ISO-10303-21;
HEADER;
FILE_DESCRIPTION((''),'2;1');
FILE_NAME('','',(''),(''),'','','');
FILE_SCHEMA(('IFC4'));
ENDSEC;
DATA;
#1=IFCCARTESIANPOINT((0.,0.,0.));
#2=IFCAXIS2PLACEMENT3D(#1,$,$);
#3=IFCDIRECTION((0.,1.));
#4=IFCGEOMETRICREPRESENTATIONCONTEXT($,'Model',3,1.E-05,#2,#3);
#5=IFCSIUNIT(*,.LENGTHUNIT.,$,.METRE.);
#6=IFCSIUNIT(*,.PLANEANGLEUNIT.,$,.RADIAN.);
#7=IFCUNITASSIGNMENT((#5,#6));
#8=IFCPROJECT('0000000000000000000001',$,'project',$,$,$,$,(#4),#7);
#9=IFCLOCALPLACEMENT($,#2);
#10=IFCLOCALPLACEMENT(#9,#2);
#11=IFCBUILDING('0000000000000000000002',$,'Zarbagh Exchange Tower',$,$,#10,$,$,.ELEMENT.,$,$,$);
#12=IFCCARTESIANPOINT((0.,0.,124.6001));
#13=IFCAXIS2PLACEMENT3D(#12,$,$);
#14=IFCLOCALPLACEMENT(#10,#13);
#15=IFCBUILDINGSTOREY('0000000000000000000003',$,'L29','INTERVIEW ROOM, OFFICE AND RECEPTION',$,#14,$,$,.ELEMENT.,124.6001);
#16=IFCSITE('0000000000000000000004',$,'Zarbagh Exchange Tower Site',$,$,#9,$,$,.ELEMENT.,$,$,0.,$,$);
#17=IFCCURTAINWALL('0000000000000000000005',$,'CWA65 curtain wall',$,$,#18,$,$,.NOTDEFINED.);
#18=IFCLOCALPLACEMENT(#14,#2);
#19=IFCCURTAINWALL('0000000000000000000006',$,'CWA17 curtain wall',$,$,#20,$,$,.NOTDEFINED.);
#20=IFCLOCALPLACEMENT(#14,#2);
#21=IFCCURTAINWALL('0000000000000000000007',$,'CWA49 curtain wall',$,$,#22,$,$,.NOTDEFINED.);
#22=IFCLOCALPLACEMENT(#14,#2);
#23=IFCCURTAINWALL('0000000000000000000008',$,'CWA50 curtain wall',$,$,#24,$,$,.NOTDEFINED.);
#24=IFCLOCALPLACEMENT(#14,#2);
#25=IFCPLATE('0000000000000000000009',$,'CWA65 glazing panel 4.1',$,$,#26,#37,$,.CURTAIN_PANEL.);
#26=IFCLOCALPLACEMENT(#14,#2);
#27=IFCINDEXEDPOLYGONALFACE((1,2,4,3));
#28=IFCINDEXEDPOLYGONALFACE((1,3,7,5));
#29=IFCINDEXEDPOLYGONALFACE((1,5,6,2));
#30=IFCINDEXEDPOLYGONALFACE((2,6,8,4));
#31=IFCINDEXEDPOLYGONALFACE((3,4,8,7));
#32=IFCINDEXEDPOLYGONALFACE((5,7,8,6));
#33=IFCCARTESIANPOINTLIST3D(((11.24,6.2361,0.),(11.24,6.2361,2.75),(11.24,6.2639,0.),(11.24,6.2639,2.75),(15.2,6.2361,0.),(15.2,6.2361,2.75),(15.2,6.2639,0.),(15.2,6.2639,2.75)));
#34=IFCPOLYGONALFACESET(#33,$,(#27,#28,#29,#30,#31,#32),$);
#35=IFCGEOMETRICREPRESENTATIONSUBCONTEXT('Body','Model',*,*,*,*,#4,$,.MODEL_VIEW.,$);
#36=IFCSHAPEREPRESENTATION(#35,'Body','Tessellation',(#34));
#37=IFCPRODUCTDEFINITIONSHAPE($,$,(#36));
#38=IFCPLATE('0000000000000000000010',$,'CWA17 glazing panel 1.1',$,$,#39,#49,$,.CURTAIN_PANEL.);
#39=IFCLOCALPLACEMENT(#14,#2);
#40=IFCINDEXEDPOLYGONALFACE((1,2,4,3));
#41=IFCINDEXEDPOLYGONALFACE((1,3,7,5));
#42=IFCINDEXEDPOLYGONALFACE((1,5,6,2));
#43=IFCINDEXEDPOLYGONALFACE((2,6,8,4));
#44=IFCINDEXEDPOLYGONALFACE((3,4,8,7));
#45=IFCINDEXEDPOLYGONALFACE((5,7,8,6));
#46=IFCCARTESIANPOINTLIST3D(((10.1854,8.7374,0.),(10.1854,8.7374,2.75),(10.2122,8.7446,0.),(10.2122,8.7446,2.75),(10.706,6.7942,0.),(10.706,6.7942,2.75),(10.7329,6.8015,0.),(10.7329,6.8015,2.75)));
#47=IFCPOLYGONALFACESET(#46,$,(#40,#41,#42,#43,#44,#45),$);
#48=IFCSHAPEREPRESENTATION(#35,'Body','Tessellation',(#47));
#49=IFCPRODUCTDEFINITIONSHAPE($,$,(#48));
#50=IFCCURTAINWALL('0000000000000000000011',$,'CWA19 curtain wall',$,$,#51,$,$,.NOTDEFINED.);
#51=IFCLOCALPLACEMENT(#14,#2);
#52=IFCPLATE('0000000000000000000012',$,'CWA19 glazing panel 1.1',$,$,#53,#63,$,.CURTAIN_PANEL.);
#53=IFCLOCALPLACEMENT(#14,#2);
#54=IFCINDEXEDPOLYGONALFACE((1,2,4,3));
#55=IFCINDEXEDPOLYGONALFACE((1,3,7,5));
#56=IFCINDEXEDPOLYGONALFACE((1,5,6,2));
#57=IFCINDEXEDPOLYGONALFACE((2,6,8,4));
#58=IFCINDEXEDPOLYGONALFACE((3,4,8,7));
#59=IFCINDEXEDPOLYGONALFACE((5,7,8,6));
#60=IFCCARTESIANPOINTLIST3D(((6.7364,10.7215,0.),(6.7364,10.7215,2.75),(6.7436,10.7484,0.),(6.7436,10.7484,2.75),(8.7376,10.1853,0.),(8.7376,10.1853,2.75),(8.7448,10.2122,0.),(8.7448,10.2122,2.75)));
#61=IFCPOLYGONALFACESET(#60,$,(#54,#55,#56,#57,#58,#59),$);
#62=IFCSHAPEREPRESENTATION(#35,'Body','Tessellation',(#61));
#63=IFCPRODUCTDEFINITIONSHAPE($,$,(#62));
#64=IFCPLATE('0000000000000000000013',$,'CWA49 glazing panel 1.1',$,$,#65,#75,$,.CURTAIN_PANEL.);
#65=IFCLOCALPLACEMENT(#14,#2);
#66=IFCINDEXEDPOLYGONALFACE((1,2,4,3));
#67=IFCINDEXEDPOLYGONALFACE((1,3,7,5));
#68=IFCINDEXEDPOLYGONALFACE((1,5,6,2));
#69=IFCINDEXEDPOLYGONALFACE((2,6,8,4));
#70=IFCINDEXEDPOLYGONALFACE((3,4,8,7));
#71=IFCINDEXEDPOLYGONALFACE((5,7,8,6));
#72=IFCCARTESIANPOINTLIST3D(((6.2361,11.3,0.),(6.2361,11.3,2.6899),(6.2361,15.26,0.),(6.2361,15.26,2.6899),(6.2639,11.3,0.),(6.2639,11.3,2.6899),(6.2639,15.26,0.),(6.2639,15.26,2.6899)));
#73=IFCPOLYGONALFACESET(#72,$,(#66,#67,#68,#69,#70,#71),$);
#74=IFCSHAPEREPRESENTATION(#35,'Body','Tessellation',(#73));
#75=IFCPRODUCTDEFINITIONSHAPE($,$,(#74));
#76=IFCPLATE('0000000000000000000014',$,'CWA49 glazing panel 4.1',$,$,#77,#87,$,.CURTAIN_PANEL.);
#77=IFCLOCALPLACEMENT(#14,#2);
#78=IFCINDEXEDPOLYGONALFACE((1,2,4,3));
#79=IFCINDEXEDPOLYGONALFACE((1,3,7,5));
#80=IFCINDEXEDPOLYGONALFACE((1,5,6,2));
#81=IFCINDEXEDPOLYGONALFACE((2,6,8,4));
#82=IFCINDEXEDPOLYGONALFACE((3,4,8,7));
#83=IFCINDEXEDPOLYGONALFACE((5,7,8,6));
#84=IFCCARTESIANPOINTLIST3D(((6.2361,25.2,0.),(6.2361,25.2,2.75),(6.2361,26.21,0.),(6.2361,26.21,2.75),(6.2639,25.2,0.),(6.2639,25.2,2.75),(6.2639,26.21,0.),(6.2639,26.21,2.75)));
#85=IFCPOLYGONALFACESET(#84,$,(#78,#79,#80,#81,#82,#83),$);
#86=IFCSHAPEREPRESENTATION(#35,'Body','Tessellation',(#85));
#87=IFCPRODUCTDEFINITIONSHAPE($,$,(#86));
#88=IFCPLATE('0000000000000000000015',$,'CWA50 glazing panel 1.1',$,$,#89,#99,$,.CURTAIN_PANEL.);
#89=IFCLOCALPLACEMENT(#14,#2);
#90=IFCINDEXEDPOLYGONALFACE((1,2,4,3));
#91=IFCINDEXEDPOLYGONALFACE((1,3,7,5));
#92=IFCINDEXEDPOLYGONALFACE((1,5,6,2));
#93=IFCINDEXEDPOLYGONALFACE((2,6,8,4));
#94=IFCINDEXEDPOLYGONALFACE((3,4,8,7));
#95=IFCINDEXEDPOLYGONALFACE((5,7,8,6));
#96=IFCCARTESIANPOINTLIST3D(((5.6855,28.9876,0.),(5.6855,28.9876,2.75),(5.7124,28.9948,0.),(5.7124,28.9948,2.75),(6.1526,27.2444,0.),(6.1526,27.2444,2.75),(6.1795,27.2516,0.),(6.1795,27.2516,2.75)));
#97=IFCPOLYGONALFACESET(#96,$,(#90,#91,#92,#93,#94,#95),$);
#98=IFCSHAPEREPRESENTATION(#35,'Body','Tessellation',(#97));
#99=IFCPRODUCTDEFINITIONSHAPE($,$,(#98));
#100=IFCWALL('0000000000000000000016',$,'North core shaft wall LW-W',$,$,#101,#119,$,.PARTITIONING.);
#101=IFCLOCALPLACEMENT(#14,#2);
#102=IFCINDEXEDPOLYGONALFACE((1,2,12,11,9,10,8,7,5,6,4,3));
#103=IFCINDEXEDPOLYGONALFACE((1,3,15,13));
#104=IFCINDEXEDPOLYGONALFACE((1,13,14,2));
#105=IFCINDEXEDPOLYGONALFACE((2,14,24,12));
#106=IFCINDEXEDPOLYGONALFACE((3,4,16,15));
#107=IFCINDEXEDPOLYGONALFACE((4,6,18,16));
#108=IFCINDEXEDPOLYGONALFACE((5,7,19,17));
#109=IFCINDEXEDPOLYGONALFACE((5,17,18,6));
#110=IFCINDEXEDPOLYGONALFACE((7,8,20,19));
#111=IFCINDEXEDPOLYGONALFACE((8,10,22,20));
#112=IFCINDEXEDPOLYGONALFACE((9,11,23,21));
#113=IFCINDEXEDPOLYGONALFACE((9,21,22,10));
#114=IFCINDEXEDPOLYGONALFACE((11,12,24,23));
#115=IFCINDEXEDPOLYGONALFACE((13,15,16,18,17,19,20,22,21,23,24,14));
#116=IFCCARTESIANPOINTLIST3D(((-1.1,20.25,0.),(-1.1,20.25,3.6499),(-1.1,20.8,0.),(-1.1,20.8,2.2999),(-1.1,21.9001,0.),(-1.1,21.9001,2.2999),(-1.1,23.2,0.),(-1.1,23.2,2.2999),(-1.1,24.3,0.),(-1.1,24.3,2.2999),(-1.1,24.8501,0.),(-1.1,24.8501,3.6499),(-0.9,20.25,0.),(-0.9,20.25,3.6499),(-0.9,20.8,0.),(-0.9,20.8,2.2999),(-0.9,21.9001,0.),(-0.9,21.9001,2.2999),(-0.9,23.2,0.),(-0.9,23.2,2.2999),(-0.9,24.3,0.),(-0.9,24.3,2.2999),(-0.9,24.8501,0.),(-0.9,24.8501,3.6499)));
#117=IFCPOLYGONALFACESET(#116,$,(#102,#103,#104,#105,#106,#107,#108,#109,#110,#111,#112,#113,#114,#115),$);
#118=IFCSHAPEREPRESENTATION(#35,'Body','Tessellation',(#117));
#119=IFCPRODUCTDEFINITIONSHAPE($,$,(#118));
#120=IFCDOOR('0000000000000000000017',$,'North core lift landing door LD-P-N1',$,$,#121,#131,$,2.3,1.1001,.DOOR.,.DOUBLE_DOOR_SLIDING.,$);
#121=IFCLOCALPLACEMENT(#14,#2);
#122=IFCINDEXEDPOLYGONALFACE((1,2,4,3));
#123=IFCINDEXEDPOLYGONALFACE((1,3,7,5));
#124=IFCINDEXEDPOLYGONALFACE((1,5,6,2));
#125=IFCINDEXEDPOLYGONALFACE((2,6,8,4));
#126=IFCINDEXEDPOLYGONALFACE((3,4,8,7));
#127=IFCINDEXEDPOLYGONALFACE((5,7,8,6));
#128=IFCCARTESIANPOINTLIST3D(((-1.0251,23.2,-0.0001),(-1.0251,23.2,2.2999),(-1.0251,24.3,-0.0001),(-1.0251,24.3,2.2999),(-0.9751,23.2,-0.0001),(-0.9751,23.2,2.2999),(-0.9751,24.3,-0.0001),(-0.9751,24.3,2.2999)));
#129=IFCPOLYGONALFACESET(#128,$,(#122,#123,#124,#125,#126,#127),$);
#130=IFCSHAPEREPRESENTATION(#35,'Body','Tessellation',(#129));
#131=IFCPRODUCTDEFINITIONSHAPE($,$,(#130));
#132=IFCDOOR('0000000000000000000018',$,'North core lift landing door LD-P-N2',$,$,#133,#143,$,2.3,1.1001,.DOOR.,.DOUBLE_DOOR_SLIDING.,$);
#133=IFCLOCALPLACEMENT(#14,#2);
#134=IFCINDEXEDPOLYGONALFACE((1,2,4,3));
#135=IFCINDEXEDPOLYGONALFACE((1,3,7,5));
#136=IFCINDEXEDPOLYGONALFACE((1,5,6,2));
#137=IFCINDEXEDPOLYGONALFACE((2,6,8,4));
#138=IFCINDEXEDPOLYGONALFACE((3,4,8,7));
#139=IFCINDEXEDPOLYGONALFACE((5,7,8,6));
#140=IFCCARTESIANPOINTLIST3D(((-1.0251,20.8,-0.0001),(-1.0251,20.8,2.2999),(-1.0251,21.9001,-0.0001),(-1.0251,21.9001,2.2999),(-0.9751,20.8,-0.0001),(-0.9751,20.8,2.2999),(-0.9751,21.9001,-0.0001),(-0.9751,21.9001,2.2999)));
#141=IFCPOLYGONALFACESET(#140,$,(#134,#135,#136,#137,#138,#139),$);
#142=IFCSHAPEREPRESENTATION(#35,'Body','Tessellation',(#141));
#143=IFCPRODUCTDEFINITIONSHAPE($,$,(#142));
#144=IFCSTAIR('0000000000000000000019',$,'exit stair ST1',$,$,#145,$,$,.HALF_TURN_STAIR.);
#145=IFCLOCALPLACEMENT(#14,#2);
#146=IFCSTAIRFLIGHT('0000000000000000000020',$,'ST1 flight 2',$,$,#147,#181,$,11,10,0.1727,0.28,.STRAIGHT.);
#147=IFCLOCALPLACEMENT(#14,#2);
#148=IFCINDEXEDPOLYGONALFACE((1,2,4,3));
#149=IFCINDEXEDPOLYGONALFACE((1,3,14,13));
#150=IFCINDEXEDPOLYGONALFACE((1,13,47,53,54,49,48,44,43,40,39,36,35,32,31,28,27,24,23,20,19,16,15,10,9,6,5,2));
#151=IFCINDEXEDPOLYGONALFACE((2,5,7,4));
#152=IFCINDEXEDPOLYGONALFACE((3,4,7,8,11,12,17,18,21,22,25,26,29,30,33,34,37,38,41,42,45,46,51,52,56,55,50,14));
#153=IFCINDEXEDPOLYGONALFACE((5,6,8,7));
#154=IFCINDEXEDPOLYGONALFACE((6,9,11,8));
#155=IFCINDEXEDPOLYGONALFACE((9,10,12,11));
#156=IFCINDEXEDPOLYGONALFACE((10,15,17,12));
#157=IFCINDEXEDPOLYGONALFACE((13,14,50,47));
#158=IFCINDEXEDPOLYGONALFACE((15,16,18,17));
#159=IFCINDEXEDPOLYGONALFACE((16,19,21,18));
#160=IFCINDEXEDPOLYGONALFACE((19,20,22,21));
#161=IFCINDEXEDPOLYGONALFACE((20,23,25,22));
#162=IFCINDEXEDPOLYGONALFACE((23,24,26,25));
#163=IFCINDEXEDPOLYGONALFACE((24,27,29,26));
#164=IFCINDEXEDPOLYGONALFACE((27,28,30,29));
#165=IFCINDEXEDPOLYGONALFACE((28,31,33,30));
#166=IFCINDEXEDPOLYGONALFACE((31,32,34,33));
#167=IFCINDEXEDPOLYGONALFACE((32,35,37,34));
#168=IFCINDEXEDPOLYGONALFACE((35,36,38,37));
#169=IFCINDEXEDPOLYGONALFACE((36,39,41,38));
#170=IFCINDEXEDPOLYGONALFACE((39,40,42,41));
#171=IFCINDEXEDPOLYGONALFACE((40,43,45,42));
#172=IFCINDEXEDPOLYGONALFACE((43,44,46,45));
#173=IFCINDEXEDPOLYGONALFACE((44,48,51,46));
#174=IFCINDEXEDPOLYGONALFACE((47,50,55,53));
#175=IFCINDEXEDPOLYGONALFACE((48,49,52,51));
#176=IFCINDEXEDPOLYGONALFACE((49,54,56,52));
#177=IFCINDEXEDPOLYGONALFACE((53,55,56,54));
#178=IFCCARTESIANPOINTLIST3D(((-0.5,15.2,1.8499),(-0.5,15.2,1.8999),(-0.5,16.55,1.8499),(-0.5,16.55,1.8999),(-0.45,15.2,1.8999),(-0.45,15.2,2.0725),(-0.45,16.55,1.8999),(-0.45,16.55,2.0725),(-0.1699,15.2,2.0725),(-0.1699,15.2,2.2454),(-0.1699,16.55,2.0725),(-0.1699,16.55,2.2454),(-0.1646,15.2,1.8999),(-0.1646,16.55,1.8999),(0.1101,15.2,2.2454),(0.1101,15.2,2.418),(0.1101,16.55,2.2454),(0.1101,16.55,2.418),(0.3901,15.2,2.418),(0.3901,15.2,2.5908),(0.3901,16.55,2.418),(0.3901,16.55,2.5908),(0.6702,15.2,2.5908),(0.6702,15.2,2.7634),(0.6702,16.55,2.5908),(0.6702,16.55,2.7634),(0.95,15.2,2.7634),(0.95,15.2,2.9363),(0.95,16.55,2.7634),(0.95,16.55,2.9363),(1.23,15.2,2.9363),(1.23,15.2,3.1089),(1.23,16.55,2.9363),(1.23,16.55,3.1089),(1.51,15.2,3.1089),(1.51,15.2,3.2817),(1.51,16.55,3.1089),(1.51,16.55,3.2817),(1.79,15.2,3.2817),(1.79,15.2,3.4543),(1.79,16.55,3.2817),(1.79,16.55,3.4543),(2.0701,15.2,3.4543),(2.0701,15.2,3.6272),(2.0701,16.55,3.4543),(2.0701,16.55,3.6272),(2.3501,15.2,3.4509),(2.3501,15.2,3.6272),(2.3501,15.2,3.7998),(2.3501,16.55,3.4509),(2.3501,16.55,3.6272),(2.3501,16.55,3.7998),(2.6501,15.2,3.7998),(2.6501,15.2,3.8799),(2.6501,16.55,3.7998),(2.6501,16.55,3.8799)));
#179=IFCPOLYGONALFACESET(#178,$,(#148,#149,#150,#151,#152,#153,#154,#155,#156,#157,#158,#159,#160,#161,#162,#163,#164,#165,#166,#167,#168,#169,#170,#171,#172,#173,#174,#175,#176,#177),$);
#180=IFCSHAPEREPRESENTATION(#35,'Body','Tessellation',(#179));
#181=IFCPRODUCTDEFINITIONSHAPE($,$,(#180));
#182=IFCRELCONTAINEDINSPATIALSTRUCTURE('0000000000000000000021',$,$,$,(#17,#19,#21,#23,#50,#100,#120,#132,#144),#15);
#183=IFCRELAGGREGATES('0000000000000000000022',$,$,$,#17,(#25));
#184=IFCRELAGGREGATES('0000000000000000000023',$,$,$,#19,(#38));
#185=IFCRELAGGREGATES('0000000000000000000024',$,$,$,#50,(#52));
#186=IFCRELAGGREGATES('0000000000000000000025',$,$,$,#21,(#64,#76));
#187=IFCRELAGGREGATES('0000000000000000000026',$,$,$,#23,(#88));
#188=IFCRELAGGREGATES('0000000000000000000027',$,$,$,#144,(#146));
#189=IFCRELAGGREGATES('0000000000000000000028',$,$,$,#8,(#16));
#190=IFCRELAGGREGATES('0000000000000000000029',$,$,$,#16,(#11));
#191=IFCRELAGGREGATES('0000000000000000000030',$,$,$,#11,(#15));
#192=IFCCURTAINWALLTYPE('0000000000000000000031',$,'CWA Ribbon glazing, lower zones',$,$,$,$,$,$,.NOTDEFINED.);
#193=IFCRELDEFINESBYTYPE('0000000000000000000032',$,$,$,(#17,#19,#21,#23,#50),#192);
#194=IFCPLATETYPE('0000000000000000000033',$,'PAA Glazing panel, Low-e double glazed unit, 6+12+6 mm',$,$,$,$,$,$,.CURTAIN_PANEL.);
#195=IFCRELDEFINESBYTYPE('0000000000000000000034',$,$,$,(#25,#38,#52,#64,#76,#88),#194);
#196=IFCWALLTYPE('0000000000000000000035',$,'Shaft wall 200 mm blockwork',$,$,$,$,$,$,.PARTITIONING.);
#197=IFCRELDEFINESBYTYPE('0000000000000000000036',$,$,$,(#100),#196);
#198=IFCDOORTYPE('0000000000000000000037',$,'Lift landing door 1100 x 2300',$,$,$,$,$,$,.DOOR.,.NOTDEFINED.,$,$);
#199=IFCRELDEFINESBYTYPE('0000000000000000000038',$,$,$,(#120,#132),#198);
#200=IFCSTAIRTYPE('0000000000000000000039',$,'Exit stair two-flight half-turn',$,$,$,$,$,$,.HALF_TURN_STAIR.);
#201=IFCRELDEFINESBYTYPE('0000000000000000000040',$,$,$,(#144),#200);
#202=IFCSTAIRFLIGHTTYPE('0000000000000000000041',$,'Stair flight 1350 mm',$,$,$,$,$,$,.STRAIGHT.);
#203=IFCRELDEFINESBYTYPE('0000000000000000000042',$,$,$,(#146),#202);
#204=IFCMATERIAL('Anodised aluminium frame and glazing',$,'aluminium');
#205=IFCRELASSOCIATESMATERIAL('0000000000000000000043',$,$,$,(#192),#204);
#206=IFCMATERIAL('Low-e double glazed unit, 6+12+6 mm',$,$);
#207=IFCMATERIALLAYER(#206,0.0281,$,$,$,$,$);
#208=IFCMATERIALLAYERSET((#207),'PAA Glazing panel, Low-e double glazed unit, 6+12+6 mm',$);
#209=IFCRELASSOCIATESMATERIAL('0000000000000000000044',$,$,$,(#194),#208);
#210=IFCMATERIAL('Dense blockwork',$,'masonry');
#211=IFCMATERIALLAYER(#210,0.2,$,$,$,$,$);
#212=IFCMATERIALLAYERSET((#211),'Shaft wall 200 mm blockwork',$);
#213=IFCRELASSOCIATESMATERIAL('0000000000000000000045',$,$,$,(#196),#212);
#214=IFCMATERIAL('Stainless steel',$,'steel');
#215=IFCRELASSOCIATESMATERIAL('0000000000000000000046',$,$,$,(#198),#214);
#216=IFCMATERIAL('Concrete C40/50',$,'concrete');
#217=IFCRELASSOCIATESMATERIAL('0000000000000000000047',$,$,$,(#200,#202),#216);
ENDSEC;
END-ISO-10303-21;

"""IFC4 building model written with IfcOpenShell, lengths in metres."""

from ifc_helpers import new_model, si_unit, direction, frame, frame_2d, origin, place, context, subcontext, project, spatial, polyline, rectangle, outline, extrude, source, transform, mapped, material, layer, layer_set, type_object, element, fill, aggregate, save


model = new_model("IFC4")

# Units and contexts
model_context = context("Model", 3, precision=1e-05, world=origin(), true_north=direction((0.0, 1.0)))
body_context = subcontext(model_context, "Body", "Model", "MODEL_VIEW")
ifc_project = project(units=[si_unit("LENGTHUNIT", "METRE"), si_unit("PLANEANGLEUNIT", "RADIAN")], contexts=[model_context])

# Site, building, storey
site_placement = place(None, origin())
site = spatial("IfcSite", under=ifc_project, at=site_placement, Name="Zarbagh Exchange Tower Site", CompositionType="ELEMENT", RefElevation=0.0)
building_placement = place(site_placement, origin())
building = spatial("IfcBuilding", under=site, at=building_placement, Name="Zarbagh Exchange Tower", CompositionType="ELEMENT")
storey_placement = place(building_placement, frame((0.0, 0.0, 124.6001)))
storey = spatial("IfcBuildingStorey", under=building, at=storey_placement, Name="L29", Description="INTERVIEW ROOM, OFFICE AND RECEPTION", CompositionType="ELEMENT", Elevation=124.6001)

# Curtain wall
ifc_material_1 = material(Name="Anodised aluminium frame and glazing", Category="aluminium")
curtain_wall_type = type_object("IfcCurtainWallType", Name="CWA Ribbon glazing, lower zones", PredefinedType="NOTDEFINED", material=ifc_material_1)
curtain_wall_1_placement = place(storey_placement, origin())
curtain_wall_1 = element("IfcCurtainWall", 1, at=curtain_wall_1_placement, inside=storey, type_object=curtain_wall_type, Name="CWA65 curtain wall", PredefinedType="NOTDEFINED")
placement = place(storey_placement, origin())

# Curtain wall
curtain_wall_2_placement = place(storey_placement, origin())
curtain_wall_2 = element("IfcCurtainWall", 2, at=curtain_wall_2_placement, inside=storey, type_object=curtain_wall_type, Name="CWA17 curtain wall", PredefinedType="NOTDEFINED")

# Curtain wall
curtain_wall_3_placement = place(storey_placement, origin())
curtain_wall_3 = element("IfcCurtainWall", 3, at=curtain_wall_3_placement, inside=storey, type_object=curtain_wall_type, Name="CWA49 curtain wall", PredefinedType="NOTDEFINED")

# Curtain wall
curtain_wall_4_placement = place(storey_placement, origin())
curtain_wall_4 = element("IfcCurtainWall", 4, at=curtain_wall_4_placement, inside=storey, type_object=curtain_wall_type, Name="CWA50 curtain wall", PredefinedType="NOTDEFINED")

# Shared definitions
ifc_material_2 = material(Name="Low-e double glazed unit, 6+12+6 mm")
ifc_layer_1 = layer(ifc_material_2, 0.0281)
ifc_layer_set_1 = layer_set([ifc_layer_1], Name="PAA Glazing panel, Low-e double glazed unit, 6+12+6 mm")
plate_type = type_object("IfcPlateType", Name="PAA Glazing panel, Low-e double glazed unit, 6+12+6 mm", PredefinedType="CURTAIN_PANEL", material=ifc_layer_set_1)

# Plates
shared_shape_1 = source(origin(), body_context, "Body", "SweptSolid", [
    extrude(outline(polyline([(0.0, -0.0139), (3.96, -0.0139), (3.96, 0.0139), (0.0, 0.0139), (0.0, -0.0139)])), origin(), (0.0, 0.0, 1.0), 2.75),
])
plate_1 = element("IfcPlate", 5, at=placement, type_object=plate_type, Name="CWA65 glazing panel 4.1", PredefinedType="CURTAIN_PANEL", context=body_context, shape_type="MappedRepresentation", body=[
    mapped(shared_shape_1, transform((15.2, 6.25, 0.0), x_axis=(-1.0, 0.0, 0.0), y_axis=(0.0, -1.0, 0.0), z_axis=(0.0, 0.0, 1.0))),
])
aggregate(curtain_wall_1, [plate_1])
shared_shape_2 = source(origin(), body_context, "Body", "SweptSolid", [
    extrude(outline(polyline([(0.0, -0.0139), (2.0117, -0.0139), (2.0117, 0.0139), (0.0, 0.0139), (0.0, -0.0139)])), origin(), (0.0, 0.0, 1.0), 2.75),
])
plate_2 = element("IfcPlate", 6, at=placement, type_object=plate_type, Name="CWA17 glazing panel 1.1", PredefinedType="CURTAIN_PANEL", context=body_context, shape_type="MappedRepresentation", body=[
    mapped(shared_shape_2, transform((10.7195, 6.7979, 0.0), x_axis=(-0.258825, 0.965924, 0.0), y_axis=(-0.965924, -0.258825, 0.0), z_axis=(0.0, 0.0, 1.0))),
])
aggregate(curtain_wall_2, [plate_2])

# Curtain wall, plate
curtain_wall_5_placement = place(storey_placement, origin())
curtain_wall_5 = element("IfcCurtainWall", 7, at=curtain_wall_5_placement, inside=storey, type_object=curtain_wall_type, Name="CWA19 curtain wall", PredefinedType="NOTDEFINED")
shared_shape_3 = source(origin(), body_context, "Body", "SweptSolid", [
    extrude(outline(polyline([(0.0, -0.0139), (2.0718, -0.0139), (2.0718, 0.0139), (0.0, 0.0139), (0.0, -0.0139)])), origin(), (0.0, 0.0, 1.0), 2.75),
])
plate_3 = element("IfcPlate", 8, at=placement, type_object=plate_type, Name="CWA19 glazing panel 1.1", PredefinedType="CURTAIN_PANEL", context=body_context, shape_type="MappedRepresentation", body=[
    mapped(shared_shape_3, transform((8.7412, 10.1987, 0.0), x_axis=(-0.965924, 0.258825, 0.0), y_axis=(-0.258825, -0.965924, 0.0), z_axis=(0.0, 0.0, 1.0))),
])
aggregate(curtain_wall_5, [plate_3])

# Plates
shared_shape_4 = source(origin(), body_context, "Body", "SweptSolid", [
    extrude(outline(polyline([(0.0, -0.0139), (3.96, -0.0139), (3.96, 0.0139), (0.0, 0.0139), (0.0, -0.0139)])), origin(), (0.0, 0.0, 1.0), 2.6899),
])
plate_4 = element("IfcPlate", 9, at=placement, type_object=plate_type, Name="CWA49 glazing panel 1.1", PredefinedType="CURTAIN_PANEL", context=body_context, shape_type="MappedRepresentation", body=[
    mapped(shared_shape_4, transform((6.25, 11.3, 0.0), x_axis=(0.0, 1.0, 0.0), y_axis=(-1.0, 0.0, 0.0), z_axis=(0.0, 0.0, 1.0))),
])
shared_shape_5 = source(origin(), body_context, "Body", "SweptSolid", [
    extrude(outline(polyline([(0.0, -0.0139), (1.01, -0.0139), (1.01, 0.0139), (0.0, 0.0139), (0.0, -0.0139)])), origin(), (0.0, 0.0, 1.0), 2.75),
])
plate_5 = element("IfcPlate", 10, at=placement, type_object=plate_type, Name="CWA49 glazing panel 4.1", PredefinedType="CURTAIN_PANEL", context=body_context, shape_type="MappedRepresentation", body=[
    mapped(shared_shape_5, transform((6.25, 25.2, 0.0), x_axis=(0.0, 1.0, 0.0), y_axis=(-1.0, 0.0, 0.0), z_axis=(0.0, 0.0, 1.0))),
])
aggregate(curtain_wall_3, [plate_4, plate_5])
shared_shape_6 = source(origin(), body_context, "Body", "SweptSolid", [
    extrude(outline(polyline([(0.0, -0.0139), (1.8047, -0.0139), (1.8047, 0.0139), (0.0, 0.0139), (0.0, -0.0139)])), origin(), (0.0, 0.0, 1.0), 2.75),
])
plate_6 = element("IfcPlate", 11, at=placement, type_object=plate_type, Name="CWA50 glazing panel 1.1", PredefinedType="CURTAIN_PANEL", context=body_context, shape_type="MappedRepresentation", body=[
    mapped(shared_shape_6, transform((6.166, 27.248, 0.0), x_axis=(-0.258825, 0.965924, 0.0), y_axis=(-0.965924, -0.258825, 0.0), z_axis=(0.0, 0.0, 1.0))),
])
aggregate(curtain_wall_4, [plate_6])

# Wall, openings, doors
ifc_material_3 = material(Name="Dense blockwork", Category="masonry")
ifc_layer_2 = layer(ifc_material_3, 0.2)
ifc_layer_set_2 = layer_set([ifc_layer_2], Name="Shaft wall 200 mm blockwork")
wall_type = type_object("IfcWallType", Name="Shaft wall 200 mm blockwork", PredefinedType="PARTITIONING", material=ifc_layer_set_2)
wall_placement = place(storey_placement, frame((-1.0, 24.8501, 0.0), z_axis=(0.0, 0.0, 1.0), x_axis=(0.0, -1.0, 0.0)))
wall = element("IfcWall", 12, at=wall_placement, inside=storey, type_object=wall_type, Name="North core shaft wall LW-W", PredefinedType="PARTITIONING", context=body_context, shape_type="SweptSolid", body=[
    extrude(rectangle(XDim=4.6001, YDim=0.2, at=frame_2d((2.3, 0.0))), origin(), (0.0, 0.0, 1.0), 3.6499),
])
opening_1_placement = place(wall_placement, frame((0.55, 0.0, 0.0)))
opening_1 = element("IfcOpeningElement", 13, at=opening_1_placement, cuts=wall, PredefinedType="OPENING", context=body_context, shape_type="SweptSolid", body=[
    extrude(rectangle(XDim=1.1001, YDim=2.3, at=frame_2d((0.55, 1.1499))), frame((0.0, 0.1099, 0.0), z_axis=(0.0, -1.0, 0.0), x_axis=(1.0, 0.0, 0.0)), (0.0, 0.0, 1.0), 0.22),
])
opening_2_placement = place(wall_placement, frame((2.95, 0.0, 0.0)))
opening_2 = element("IfcOpeningElement", 14, at=opening_2_placement, cuts=wall, PredefinedType="OPENING", context=body_context, shape_type="SweptSolid", body=[
    extrude(rectangle(XDim=1.1001, YDim=2.3, at=frame_2d((0.55, 1.1499))), frame((0.0, 0.1099, 0.0), z_axis=(0.0, -1.0, 0.0), x_axis=(1.0, 0.0, 0.0)), (0.0, 0.0, 1.0), 0.22),
])
ifc_material_4 = material(Name="Stainless steel", Category="steel")
door_type = type_object("IfcDoorType", Name="Lift landing door 1100 x 2300", OperationType="NOTDEFINED", PredefinedType="DOOR", material=ifc_material_4)
door_1_placement = place(opening_1_placement, origin())
door_1 = element("IfcDoor", 15, at=door_1_placement, inside=storey, type_object=door_type, Name="North core lift landing door LD-P-N1", OperationType="DOUBLE_DOOR_SLIDING", OverallHeight=2.3, OverallWidth=1.1001, PredefinedType="DOOR", context=body_context, shape_type="SweptSolid", body=[
    extrude(rectangle(XDim=1.1001, YDim=2.3, at=frame_2d((0.55, 1.1499))), frame((0.0, 0.0249, 0.0), z_axis=(0.0, -1.0, 0.0), x_axis=(1.0, 0.0, 0.0)), (0.0, 0.0, 1.0), 0.05),
])
fill(opening_1, door_1)
door_2_placement = place(opening_2_placement, origin())
door_2 = element("IfcDoor", 16, at=door_2_placement, inside=storey, type_object=door_type, Name="North core lift landing door LD-P-N2", OperationType="DOUBLE_DOOR_SLIDING", OverallHeight=2.3, OverallWidth=1.1001, PredefinedType="DOOR", context=body_context, shape_type="SweptSolid", body=[
    extrude(rectangle(XDim=1.1001, YDim=2.3, at=frame_2d((0.55, 1.1499))), frame((0.0, 0.0249, 0.0), z_axis=(0.0, -1.0, 0.0), x_axis=(1.0, 0.0, 0.0)), (0.0, 0.0, 1.0), 0.05),
])
fill(opening_2, door_2)

# Stair, stair flight
ifc_material_5 = material(Name="Concrete C40/50", Category="concrete")
stair_type = type_object("IfcStairType", Name="Exit stair two-flight half-turn", PredefinedType="HALF_TURN_STAIR", material=ifc_material_5)
stair_placement = place(storey_placement, origin())
stair = element("IfcStair", 17, at=stair_placement, inside=storey, type_object=stair_type, Name="exit stair ST1", PredefinedType="HALF_TURN_STAIR")
stair_flight_type = type_object("IfcStairFlightType", Name="Stair flight 1350 mm", PredefinedType="STRAIGHT", material=ifc_material_5)
stair_flight_placement = place(storey_placement, frame((-0.45, 15.875, 1.8999), z_axis=(0.0, 0.0, 1.0), x_axis=(1.0, 0.0, 0.0)))
stair_flight = element("IfcStairFlight", 18, at=stair_flight_placement, type_object=stair_flight_type, Name="ST1 flight 2", NumberOfRisers=11, NumberOfTreads=10, PredefinedType="STRAIGHT", RiserHeight=0.1727, TreadLength=0.28, context=body_context, shape_type="SweptSolid", body=[
    extrude(outline(polyline([(-0.05, -0.05), (-0.05, 0.0), (0.0, 0.0), (0.0, 0.1726), (0.28, 0.1726), (0.28, 0.3455), (0.5601, 0.3455), (0.5601, 0.5181), (0.8401, 0.5181), (0.8401, 0.6909), (1.1201, 0.6909), (1.1201, 0.8635), (1.3999, 0.8635), (1.3999, 1.0364), (1.6799, 1.0364), (1.6799, 1.209), (1.96, 1.209), (1.96, 1.3818), (2.24, 1.3818), (2.24, 1.5544), (2.52, 1.5544), (2.52, 1.7273), (2.8, 1.7273), (2.8, 1.8999), (3.1001, 1.98), (3.1001, 1.8999), (2.8, 1.551), (0.2854, 0.0), (-0.05, -0.05)])), frame((0.0, 0.675, 0.0), z_axis=(0.0, -1.0, 0.0), x_axis=(1.0, 0.0, 0.0)), (0.0, 0.0, 1.0), 1.3501),
])
aggregate(stair, [stair_flight])

save(model, "model.ifc")
